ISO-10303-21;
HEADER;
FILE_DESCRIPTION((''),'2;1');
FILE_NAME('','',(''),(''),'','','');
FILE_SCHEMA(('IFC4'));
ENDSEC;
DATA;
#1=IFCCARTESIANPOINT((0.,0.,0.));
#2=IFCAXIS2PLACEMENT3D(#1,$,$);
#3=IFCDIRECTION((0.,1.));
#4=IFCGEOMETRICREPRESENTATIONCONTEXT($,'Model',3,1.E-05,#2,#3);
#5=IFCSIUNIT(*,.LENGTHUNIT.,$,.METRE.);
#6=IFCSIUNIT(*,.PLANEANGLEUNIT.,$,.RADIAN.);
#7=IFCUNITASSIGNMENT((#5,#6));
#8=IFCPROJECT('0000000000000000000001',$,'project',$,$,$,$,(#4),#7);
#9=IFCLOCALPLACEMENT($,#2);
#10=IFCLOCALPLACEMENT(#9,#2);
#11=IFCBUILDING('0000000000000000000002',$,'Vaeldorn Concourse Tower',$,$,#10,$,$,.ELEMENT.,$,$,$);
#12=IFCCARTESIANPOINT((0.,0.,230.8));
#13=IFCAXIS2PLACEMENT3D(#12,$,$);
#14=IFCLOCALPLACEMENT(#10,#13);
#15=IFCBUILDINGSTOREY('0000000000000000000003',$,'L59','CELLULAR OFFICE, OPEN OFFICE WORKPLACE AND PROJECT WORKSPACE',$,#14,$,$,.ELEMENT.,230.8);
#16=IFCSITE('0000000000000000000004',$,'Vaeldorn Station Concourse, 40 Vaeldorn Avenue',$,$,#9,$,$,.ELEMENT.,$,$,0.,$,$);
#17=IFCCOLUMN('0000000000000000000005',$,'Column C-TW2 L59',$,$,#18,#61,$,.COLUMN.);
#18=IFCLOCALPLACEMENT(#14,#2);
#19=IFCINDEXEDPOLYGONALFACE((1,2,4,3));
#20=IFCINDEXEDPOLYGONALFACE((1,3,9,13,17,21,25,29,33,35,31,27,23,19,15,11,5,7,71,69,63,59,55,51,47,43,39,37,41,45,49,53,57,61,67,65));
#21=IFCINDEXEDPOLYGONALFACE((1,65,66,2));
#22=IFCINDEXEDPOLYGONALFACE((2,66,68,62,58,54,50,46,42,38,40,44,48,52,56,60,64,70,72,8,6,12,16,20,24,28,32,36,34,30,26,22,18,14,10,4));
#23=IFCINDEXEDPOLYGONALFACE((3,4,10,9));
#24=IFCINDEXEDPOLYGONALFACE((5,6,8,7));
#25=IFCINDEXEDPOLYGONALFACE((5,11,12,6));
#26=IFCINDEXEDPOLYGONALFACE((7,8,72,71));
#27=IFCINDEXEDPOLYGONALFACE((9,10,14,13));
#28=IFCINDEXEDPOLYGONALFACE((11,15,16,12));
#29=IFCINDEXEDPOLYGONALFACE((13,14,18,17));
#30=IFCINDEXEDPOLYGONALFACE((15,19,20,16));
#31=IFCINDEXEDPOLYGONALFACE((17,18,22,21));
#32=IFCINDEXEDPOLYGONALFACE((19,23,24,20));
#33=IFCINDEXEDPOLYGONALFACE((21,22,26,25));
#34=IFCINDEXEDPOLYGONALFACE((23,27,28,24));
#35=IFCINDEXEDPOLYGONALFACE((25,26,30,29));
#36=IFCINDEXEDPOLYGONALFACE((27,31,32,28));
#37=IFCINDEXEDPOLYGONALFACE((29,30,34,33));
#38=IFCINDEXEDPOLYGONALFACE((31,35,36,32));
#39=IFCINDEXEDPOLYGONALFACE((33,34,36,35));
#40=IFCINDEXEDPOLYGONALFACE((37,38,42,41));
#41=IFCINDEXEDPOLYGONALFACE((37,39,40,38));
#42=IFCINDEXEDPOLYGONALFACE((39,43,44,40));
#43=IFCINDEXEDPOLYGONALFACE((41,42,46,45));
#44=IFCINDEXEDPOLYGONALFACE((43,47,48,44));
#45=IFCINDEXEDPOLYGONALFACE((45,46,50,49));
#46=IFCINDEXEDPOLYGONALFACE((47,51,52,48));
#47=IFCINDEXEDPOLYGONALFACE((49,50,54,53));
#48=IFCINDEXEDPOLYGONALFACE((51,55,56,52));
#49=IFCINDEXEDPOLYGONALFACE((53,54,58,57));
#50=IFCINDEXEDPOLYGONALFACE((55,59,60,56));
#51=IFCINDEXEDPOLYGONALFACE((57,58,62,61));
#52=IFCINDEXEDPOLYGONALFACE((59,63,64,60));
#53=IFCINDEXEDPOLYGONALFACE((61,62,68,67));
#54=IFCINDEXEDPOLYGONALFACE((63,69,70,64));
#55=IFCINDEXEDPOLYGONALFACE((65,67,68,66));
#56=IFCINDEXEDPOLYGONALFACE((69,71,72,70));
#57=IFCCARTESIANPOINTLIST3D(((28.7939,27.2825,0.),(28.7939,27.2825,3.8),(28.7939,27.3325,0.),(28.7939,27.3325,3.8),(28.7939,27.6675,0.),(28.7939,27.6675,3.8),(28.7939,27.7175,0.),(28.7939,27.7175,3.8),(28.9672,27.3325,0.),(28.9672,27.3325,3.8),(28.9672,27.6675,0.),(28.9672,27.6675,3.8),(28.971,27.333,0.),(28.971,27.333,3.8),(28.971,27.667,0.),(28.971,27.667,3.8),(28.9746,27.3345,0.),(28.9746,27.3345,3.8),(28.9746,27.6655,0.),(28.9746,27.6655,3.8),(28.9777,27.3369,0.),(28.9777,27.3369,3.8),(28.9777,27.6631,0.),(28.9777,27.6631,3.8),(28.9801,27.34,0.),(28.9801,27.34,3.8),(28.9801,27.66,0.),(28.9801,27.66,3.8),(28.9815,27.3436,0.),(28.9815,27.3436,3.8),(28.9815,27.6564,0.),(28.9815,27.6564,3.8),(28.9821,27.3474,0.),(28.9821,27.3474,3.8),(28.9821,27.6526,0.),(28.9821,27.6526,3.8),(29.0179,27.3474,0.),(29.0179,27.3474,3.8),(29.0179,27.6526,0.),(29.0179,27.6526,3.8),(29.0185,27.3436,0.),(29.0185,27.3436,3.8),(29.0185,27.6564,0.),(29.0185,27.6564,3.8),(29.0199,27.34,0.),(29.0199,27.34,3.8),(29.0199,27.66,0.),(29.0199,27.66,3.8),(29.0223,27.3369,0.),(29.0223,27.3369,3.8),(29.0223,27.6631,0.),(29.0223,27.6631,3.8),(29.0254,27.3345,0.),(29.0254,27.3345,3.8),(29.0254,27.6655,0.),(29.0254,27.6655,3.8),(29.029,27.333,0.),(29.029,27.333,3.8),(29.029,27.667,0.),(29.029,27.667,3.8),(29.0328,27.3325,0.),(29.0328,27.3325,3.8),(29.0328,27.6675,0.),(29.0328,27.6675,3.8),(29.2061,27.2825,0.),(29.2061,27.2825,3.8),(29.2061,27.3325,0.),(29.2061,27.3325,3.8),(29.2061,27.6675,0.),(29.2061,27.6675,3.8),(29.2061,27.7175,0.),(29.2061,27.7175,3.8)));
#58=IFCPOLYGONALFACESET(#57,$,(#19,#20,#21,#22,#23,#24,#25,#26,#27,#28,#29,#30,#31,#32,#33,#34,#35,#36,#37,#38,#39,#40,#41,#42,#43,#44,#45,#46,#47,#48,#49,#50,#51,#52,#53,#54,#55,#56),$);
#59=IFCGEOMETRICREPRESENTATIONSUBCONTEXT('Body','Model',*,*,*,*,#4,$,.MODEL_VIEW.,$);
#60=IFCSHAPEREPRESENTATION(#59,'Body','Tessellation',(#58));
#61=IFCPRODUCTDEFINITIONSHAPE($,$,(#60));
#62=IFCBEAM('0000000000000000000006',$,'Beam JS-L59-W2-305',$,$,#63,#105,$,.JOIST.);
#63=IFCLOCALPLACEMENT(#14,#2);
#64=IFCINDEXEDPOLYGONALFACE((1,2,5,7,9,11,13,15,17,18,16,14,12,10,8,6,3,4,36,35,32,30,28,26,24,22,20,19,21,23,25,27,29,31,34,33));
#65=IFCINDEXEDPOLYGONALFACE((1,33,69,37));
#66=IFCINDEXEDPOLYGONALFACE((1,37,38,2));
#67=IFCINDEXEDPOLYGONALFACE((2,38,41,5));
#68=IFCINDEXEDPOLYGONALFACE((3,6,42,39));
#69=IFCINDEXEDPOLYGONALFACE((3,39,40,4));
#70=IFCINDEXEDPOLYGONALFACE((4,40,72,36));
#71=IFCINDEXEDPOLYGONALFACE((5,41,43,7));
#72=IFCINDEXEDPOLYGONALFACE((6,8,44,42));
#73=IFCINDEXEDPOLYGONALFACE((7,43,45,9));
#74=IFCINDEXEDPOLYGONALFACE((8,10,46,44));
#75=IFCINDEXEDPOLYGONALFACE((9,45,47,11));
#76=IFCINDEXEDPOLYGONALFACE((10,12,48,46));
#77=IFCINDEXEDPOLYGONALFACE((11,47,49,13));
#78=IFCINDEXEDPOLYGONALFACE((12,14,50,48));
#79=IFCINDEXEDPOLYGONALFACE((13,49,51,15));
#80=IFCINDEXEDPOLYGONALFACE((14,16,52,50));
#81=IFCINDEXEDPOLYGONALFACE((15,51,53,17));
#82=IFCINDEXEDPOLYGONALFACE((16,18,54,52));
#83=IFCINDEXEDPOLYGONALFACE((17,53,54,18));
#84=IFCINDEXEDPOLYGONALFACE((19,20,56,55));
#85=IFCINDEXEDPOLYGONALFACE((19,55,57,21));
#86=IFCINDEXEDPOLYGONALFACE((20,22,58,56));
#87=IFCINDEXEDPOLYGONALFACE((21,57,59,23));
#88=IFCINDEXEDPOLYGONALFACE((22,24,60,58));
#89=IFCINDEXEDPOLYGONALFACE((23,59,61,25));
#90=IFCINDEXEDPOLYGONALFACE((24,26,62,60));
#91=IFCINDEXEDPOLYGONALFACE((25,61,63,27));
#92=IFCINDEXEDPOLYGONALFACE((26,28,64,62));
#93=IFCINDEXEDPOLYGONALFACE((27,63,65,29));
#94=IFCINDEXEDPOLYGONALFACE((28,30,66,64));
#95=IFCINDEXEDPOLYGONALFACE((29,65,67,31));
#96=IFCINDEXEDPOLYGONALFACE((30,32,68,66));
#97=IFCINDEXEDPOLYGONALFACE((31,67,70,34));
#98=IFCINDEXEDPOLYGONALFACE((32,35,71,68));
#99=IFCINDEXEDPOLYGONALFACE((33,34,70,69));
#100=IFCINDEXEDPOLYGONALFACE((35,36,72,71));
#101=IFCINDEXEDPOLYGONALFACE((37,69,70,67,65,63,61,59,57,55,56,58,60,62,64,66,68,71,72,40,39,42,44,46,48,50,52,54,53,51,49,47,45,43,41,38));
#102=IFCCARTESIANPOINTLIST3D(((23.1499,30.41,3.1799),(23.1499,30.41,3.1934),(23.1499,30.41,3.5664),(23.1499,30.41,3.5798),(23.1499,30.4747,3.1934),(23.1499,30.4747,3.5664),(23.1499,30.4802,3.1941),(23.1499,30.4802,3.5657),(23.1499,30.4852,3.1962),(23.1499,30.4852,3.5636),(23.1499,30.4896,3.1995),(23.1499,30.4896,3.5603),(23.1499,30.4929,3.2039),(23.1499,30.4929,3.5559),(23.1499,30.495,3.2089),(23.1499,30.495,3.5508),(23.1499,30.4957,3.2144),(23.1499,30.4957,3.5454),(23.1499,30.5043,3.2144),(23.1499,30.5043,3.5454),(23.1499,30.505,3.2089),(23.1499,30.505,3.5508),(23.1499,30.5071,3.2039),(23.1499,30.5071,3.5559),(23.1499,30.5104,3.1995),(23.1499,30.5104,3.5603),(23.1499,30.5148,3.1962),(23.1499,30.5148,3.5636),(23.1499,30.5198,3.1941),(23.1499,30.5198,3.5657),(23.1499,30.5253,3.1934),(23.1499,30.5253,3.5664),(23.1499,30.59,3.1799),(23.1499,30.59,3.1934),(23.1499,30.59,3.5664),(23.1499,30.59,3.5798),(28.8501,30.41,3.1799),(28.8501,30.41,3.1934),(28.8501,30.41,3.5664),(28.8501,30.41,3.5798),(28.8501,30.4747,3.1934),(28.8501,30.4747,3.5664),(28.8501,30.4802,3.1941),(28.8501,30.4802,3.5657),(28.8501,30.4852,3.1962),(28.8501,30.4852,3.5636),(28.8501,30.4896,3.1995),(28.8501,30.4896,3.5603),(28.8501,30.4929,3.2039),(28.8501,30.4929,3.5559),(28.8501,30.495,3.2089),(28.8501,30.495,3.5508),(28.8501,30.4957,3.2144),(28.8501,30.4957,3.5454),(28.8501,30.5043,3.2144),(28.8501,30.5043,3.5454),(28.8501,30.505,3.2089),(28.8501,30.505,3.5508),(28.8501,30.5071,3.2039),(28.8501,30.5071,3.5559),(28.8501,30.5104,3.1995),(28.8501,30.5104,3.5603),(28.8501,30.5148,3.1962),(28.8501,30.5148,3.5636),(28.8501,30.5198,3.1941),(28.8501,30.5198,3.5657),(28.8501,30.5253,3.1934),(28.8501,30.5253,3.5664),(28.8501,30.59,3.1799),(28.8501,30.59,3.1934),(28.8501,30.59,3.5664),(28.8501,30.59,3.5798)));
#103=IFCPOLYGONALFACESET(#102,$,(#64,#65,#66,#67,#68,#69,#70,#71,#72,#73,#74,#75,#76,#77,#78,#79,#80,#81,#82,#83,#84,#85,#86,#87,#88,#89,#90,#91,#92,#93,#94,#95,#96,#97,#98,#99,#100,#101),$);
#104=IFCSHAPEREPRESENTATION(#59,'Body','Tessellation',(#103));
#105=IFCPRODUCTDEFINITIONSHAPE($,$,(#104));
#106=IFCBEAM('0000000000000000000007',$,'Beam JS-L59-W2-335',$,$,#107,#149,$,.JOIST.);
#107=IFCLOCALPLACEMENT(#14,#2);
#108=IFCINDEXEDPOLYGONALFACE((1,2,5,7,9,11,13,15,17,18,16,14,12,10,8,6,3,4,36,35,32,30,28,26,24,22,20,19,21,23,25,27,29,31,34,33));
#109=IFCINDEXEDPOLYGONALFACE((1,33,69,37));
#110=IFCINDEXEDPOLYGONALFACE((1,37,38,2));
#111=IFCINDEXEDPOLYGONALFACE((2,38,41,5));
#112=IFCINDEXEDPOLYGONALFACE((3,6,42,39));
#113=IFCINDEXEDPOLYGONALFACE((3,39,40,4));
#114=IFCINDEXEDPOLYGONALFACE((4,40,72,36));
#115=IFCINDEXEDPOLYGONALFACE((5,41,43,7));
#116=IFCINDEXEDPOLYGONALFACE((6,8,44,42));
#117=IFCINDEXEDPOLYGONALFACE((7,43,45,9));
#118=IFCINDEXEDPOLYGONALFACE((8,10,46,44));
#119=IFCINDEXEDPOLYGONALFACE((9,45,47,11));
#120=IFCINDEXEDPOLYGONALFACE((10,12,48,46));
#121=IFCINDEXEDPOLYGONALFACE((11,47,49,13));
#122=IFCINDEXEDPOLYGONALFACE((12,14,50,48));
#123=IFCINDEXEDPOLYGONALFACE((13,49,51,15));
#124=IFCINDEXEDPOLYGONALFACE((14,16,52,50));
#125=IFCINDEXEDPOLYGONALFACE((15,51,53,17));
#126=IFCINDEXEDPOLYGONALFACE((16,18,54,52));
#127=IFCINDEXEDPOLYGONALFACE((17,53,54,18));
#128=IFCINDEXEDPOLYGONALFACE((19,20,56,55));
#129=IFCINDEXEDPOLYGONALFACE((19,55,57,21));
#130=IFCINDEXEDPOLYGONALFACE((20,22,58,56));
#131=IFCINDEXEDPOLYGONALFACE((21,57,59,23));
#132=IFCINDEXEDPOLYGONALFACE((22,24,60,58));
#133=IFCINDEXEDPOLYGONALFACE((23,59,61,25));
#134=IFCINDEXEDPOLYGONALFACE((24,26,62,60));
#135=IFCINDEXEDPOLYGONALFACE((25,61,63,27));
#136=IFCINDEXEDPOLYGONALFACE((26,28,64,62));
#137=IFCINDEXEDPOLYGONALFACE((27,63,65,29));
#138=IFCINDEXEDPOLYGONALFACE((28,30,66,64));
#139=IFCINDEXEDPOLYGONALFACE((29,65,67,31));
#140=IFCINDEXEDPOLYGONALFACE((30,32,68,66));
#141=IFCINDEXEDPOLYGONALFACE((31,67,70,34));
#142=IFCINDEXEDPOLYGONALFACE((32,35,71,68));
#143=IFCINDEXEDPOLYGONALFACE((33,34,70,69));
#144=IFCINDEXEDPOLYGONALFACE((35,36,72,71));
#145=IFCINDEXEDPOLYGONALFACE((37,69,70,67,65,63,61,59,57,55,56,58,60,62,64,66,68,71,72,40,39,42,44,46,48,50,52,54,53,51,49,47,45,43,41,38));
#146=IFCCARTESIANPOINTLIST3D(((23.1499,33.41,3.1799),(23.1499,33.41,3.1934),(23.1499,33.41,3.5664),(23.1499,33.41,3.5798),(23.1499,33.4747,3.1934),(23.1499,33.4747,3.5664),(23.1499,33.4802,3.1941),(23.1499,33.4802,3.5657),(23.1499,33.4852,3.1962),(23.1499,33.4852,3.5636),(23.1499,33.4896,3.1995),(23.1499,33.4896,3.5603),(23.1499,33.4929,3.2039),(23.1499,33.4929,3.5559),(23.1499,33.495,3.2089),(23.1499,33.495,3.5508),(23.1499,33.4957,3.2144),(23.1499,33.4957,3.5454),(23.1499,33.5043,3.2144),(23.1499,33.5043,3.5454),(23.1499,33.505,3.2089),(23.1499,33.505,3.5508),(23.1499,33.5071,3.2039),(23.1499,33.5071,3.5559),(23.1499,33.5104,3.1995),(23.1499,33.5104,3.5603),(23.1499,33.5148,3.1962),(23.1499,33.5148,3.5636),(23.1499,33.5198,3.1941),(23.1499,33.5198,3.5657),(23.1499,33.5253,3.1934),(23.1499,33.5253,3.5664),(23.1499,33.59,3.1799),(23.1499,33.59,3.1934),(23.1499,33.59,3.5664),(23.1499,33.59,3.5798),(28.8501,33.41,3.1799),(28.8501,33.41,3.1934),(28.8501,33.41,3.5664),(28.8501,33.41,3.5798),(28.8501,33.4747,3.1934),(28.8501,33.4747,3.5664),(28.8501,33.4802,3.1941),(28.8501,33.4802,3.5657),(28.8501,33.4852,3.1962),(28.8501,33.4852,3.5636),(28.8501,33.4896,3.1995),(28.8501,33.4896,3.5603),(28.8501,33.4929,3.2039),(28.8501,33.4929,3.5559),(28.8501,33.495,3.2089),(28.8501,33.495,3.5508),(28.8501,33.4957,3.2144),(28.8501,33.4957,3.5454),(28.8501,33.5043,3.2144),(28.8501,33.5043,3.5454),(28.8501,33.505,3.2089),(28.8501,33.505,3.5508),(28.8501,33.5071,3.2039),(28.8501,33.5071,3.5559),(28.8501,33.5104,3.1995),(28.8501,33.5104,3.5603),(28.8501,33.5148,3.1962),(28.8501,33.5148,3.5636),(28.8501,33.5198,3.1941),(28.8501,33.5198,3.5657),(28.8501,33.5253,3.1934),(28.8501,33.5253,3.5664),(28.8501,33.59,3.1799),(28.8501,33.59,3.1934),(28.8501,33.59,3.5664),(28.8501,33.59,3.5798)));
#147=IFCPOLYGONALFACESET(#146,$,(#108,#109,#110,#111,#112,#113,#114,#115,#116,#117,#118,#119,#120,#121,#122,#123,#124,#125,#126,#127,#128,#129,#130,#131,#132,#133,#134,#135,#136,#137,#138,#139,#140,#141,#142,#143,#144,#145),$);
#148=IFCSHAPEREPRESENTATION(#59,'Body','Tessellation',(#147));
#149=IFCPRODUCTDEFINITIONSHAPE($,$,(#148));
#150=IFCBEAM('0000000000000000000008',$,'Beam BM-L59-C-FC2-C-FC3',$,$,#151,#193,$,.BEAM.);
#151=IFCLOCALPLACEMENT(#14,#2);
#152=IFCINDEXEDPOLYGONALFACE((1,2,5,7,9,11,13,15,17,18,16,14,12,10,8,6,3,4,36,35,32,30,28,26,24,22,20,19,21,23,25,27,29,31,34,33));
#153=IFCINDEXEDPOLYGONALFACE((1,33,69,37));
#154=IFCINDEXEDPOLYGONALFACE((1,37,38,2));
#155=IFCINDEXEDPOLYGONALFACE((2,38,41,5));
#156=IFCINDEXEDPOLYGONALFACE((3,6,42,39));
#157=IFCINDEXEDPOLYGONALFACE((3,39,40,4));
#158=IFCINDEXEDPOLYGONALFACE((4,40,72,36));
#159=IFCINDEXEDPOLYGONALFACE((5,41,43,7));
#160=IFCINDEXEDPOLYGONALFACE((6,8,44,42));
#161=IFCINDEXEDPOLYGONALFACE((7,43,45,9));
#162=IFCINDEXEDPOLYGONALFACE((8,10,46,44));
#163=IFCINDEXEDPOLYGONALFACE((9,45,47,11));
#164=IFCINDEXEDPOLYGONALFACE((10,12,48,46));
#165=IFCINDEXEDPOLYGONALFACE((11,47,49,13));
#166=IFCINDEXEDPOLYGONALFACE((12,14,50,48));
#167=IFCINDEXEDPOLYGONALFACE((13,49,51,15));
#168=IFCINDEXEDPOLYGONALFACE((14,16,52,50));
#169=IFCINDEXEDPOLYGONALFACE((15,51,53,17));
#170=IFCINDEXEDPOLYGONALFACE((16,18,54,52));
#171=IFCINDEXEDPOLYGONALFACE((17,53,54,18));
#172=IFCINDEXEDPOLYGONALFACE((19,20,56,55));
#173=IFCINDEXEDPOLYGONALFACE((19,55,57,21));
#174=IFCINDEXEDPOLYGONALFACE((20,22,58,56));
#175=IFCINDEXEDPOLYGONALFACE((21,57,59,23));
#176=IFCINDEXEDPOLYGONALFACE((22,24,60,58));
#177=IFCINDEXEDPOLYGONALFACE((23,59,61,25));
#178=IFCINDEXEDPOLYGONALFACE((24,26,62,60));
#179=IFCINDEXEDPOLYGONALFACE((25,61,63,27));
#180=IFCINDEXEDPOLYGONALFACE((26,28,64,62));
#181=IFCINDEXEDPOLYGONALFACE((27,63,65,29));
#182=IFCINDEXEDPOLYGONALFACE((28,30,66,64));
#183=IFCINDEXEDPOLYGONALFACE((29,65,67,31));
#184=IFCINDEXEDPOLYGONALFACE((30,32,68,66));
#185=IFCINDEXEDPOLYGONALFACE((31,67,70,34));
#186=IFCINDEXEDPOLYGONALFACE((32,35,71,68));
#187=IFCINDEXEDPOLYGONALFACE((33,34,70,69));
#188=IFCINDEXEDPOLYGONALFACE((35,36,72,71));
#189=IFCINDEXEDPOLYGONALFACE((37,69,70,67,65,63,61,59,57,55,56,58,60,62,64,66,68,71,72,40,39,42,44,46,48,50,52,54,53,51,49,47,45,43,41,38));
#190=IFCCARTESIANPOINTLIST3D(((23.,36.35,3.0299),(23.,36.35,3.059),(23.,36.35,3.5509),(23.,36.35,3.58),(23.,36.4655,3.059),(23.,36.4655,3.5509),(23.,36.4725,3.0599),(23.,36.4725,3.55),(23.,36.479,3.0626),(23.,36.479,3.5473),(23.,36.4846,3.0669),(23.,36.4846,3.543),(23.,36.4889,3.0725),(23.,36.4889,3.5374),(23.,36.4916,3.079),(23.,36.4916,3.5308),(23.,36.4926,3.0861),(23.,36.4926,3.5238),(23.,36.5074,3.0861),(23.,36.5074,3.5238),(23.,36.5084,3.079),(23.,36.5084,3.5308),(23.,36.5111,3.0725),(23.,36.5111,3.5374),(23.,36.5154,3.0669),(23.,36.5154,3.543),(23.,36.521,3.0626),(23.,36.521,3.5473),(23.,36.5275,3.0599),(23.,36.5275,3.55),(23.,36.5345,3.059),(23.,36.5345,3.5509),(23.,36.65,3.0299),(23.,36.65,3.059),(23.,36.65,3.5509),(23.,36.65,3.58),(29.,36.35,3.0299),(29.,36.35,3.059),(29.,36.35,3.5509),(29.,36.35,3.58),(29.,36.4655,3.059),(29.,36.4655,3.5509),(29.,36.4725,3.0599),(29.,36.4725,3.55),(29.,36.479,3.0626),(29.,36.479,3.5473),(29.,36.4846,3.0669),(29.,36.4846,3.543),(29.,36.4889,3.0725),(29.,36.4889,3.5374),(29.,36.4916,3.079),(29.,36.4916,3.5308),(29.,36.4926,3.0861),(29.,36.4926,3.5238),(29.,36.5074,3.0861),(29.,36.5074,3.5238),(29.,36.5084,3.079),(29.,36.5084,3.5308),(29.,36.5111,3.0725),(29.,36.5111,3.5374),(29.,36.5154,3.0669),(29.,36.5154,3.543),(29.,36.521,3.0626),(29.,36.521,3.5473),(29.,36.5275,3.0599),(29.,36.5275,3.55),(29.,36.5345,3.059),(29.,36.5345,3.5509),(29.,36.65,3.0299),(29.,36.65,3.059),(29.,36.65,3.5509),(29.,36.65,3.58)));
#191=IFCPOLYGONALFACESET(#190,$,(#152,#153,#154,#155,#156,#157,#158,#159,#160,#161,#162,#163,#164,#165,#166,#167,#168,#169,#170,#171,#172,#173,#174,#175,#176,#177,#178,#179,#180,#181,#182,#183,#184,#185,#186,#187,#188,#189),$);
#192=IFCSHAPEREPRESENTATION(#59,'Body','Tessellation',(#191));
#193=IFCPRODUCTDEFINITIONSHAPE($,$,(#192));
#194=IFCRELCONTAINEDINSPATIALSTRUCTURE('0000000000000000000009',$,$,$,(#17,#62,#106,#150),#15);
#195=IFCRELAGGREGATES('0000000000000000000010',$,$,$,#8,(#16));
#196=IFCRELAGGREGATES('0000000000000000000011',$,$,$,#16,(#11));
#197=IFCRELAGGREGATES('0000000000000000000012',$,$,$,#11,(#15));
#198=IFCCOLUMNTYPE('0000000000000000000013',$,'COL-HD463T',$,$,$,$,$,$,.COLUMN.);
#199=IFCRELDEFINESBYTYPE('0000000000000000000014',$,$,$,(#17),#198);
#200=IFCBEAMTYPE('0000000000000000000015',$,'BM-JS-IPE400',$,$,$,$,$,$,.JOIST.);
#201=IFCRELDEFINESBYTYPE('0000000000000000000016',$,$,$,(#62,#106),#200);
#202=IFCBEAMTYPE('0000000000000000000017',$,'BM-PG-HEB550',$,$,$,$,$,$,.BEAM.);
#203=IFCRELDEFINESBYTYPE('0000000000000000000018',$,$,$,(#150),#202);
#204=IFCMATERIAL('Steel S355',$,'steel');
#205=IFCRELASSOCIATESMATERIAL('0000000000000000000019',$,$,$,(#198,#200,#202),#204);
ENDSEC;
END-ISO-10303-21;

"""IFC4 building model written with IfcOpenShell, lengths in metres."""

from ifc_helpers import new_model, si_unit, direction, frame, origin, origin_2d, place, context, subcontext, project, spatial, i_section, extrude, source, transform, mapped, material, material_profile, profile_set, type_object, element, save


model = new_model("IFC4")

# Units and contexts
model_context = context("Model", 3, precision=1e-05, world=origin(), true_north=direction((0.0, 1.0)))
body_context = subcontext(model_context, "Body", "Model", "MODEL_VIEW")
ifc_project = project(units=[si_unit("LENGTHUNIT", "METRE"), si_unit("PLANEANGLEUNIT", "RADIAN")], contexts=[model_context])

# Site, building, storey
site_placement = place(None, origin())
site = spatial("IfcSite", under=ifc_project, at=site_placement, Name="Vaeldorn Station Concourse, 40 Vaeldorn Avenue", CompositionType="ELEMENT", RefElevation=0.0)
building_placement = place(site_placement, origin())
building = spatial("IfcBuilding", under=site, at=building_placement, Name="Vaeldorn Concourse Tower", CompositionType="ELEMENT")
storey_placement = place(building_placement, frame((0.0, 0.0, 230.8)))
storey = spatial("IfcBuildingStorey", under=building, at=storey_placement, Name="L59", Description="CELLULAR OFFICE, OPEN OFFICE WORKPLACE AND PROJECT WORKSPACE", CompositionType="ELEMENT", Elevation=230.8)

# Column
ifc_material_1 = material(Name="Steel S355", Category="steel")
ifc_material_profile_1 = material_profile(ifc_material_1, i_section(OverallWidth=0.4121, OverallDepth=0.4351, WebThickness=0.0359, FlangeThickness=0.05, FilletRadius=0.0149, at=origin_2d()), Name="HD 400x463")
ifc_profile_set_1 = profile_set([ifc_material_profile_1], Name="Steel S355")
column_type_1 = type_object("IfcColumnType", Name="COL-HD463T", PredefinedType="COLUMN", material=ifc_profile_set_1)
shared_shape_1 = source(origin(), body_context, "Body", "SweptSolid", [
    extrude(i_section(OverallWidth=0.4121, OverallDepth=0.4351, WebThickness=0.0359, FlangeThickness=0.05, FilletRadius=0.0149, at=origin_2d()), origin(), (0.0, 0.0, 1.0), 3.8),
])
column_1_placement = place(storey_placement, frame((29.0, 27.5, 0.0), z_axis=(0.0, 0.0, 1.0), x_axis=(1.0, 0.0, 0.0)))
element("IfcColumn", 1, at=column_1_placement, inside=storey, type_object=column_type_1, Name="Column C-TW2 L59", PredefinedType="COLUMN", context=body_context, shape_type="MappedRepresentation", body=[
    mapped(shared_shape_1, transform((0.0, 0.0, 0.0), scale=1.0)),
])

# Beams
ifc_material_profile_2 = material_profile(ifc_material_1, i_section(OverallWidth=0.1799, OverallDepth=0.3999, WebThickness=0.0085, FlangeThickness=0.0134, FilletRadius=0.021, at=origin_2d()), Name="IPE 400")
ifc_profile_set_2 = profile_set([ifc_material_profile_2], Name="Steel S355")
beam_type_1 = type_object("IfcBeamType", Name="BM-JS-IPE400", PredefinedType="JOIST", material=ifc_profile_set_2)
shared_shape_2 = source(origin(), body_context, "Body", "SweptSolid", [
    extrude(i_section(OverallWidth=0.1799, OverallDepth=0.3999, WebThickness=0.0085, FlangeThickness=0.0134, FilletRadius=0.021, at=origin_2d()), origin(), (0.0, 0.0, 1.0), 5.7002),
])
for number, where, z_axis, x_axis, name in (
    (2, (23.1499, 30.5, 3.3799), (1.0, 0.0, 0.0), (0.0, 1.0, 0.0), "Beam JS-L59-W2-305"),
    (3, (23.1499, 33.5, 3.3799), (1.0, 0.0, 0.0), (0.0, 1.0, 0.0), "Beam JS-L59-W2-335"),
):
    element("IfcBeam", number, at=place(storey_placement, frame(where, z_axis=z_axis, x_axis=x_axis)), inside=storey, type_object=beam_type_1, Name=name, PredefinedType="JOIST", context=body_context, shape_type="MappedRepresentation", body=[
        mapped(shared_shape_2, transform((0.0, 0.0, 0.0), scale=1.0)),
    ])
ifc_material_profile_3 = material_profile(ifc_material_1, i_section(OverallWidth=0.3, OverallDepth=0.55, WebThickness=0.0149, FlangeThickness=0.0291, FilletRadius=0.0271, at=origin_2d()), Name="HEB 550")
ifc_profile_set_3 = profile_set([ifc_material_profile_3], Name="Steel S355")
beam_type_2 = type_object("IfcBeamType", Name="BM-PG-HEB550", PredefinedType="BEAM", material=ifc_profile_set_3)
shared_shape_3 = source(origin(), body_context, "Body", "SweptSolid", [
    extrude(i_section(OverallWidth=0.3, OverallDepth=0.55, WebThickness=0.0149, FlangeThickness=0.0291, FilletRadius=0.0271, at=origin_2d()), origin(), (0.0, 0.0, 1.0), 6.0),
])
for number, where, z_axis, x_axis, name in (
    (4, (23.0, 36.5, 3.3049), (1.0, 0.0, 0.0), (0.0, 1.0, 0.0), "Beam BM-L59-C-FC2-C-FC3"),
):
    element("IfcBeam", number, at=place(storey_placement, frame(where, z_axis=z_axis, x_axis=x_axis)), inside=storey, type_object=beam_type_2, Name=name, PredefinedType="BEAM", context=body_context, shape_type="MappedRepresentation", body=[
        mapped(shared_shape_3, transform((0.0, 0.0, 0.0), scale=1.0)),
    ])

save(model, "model.ifc")
